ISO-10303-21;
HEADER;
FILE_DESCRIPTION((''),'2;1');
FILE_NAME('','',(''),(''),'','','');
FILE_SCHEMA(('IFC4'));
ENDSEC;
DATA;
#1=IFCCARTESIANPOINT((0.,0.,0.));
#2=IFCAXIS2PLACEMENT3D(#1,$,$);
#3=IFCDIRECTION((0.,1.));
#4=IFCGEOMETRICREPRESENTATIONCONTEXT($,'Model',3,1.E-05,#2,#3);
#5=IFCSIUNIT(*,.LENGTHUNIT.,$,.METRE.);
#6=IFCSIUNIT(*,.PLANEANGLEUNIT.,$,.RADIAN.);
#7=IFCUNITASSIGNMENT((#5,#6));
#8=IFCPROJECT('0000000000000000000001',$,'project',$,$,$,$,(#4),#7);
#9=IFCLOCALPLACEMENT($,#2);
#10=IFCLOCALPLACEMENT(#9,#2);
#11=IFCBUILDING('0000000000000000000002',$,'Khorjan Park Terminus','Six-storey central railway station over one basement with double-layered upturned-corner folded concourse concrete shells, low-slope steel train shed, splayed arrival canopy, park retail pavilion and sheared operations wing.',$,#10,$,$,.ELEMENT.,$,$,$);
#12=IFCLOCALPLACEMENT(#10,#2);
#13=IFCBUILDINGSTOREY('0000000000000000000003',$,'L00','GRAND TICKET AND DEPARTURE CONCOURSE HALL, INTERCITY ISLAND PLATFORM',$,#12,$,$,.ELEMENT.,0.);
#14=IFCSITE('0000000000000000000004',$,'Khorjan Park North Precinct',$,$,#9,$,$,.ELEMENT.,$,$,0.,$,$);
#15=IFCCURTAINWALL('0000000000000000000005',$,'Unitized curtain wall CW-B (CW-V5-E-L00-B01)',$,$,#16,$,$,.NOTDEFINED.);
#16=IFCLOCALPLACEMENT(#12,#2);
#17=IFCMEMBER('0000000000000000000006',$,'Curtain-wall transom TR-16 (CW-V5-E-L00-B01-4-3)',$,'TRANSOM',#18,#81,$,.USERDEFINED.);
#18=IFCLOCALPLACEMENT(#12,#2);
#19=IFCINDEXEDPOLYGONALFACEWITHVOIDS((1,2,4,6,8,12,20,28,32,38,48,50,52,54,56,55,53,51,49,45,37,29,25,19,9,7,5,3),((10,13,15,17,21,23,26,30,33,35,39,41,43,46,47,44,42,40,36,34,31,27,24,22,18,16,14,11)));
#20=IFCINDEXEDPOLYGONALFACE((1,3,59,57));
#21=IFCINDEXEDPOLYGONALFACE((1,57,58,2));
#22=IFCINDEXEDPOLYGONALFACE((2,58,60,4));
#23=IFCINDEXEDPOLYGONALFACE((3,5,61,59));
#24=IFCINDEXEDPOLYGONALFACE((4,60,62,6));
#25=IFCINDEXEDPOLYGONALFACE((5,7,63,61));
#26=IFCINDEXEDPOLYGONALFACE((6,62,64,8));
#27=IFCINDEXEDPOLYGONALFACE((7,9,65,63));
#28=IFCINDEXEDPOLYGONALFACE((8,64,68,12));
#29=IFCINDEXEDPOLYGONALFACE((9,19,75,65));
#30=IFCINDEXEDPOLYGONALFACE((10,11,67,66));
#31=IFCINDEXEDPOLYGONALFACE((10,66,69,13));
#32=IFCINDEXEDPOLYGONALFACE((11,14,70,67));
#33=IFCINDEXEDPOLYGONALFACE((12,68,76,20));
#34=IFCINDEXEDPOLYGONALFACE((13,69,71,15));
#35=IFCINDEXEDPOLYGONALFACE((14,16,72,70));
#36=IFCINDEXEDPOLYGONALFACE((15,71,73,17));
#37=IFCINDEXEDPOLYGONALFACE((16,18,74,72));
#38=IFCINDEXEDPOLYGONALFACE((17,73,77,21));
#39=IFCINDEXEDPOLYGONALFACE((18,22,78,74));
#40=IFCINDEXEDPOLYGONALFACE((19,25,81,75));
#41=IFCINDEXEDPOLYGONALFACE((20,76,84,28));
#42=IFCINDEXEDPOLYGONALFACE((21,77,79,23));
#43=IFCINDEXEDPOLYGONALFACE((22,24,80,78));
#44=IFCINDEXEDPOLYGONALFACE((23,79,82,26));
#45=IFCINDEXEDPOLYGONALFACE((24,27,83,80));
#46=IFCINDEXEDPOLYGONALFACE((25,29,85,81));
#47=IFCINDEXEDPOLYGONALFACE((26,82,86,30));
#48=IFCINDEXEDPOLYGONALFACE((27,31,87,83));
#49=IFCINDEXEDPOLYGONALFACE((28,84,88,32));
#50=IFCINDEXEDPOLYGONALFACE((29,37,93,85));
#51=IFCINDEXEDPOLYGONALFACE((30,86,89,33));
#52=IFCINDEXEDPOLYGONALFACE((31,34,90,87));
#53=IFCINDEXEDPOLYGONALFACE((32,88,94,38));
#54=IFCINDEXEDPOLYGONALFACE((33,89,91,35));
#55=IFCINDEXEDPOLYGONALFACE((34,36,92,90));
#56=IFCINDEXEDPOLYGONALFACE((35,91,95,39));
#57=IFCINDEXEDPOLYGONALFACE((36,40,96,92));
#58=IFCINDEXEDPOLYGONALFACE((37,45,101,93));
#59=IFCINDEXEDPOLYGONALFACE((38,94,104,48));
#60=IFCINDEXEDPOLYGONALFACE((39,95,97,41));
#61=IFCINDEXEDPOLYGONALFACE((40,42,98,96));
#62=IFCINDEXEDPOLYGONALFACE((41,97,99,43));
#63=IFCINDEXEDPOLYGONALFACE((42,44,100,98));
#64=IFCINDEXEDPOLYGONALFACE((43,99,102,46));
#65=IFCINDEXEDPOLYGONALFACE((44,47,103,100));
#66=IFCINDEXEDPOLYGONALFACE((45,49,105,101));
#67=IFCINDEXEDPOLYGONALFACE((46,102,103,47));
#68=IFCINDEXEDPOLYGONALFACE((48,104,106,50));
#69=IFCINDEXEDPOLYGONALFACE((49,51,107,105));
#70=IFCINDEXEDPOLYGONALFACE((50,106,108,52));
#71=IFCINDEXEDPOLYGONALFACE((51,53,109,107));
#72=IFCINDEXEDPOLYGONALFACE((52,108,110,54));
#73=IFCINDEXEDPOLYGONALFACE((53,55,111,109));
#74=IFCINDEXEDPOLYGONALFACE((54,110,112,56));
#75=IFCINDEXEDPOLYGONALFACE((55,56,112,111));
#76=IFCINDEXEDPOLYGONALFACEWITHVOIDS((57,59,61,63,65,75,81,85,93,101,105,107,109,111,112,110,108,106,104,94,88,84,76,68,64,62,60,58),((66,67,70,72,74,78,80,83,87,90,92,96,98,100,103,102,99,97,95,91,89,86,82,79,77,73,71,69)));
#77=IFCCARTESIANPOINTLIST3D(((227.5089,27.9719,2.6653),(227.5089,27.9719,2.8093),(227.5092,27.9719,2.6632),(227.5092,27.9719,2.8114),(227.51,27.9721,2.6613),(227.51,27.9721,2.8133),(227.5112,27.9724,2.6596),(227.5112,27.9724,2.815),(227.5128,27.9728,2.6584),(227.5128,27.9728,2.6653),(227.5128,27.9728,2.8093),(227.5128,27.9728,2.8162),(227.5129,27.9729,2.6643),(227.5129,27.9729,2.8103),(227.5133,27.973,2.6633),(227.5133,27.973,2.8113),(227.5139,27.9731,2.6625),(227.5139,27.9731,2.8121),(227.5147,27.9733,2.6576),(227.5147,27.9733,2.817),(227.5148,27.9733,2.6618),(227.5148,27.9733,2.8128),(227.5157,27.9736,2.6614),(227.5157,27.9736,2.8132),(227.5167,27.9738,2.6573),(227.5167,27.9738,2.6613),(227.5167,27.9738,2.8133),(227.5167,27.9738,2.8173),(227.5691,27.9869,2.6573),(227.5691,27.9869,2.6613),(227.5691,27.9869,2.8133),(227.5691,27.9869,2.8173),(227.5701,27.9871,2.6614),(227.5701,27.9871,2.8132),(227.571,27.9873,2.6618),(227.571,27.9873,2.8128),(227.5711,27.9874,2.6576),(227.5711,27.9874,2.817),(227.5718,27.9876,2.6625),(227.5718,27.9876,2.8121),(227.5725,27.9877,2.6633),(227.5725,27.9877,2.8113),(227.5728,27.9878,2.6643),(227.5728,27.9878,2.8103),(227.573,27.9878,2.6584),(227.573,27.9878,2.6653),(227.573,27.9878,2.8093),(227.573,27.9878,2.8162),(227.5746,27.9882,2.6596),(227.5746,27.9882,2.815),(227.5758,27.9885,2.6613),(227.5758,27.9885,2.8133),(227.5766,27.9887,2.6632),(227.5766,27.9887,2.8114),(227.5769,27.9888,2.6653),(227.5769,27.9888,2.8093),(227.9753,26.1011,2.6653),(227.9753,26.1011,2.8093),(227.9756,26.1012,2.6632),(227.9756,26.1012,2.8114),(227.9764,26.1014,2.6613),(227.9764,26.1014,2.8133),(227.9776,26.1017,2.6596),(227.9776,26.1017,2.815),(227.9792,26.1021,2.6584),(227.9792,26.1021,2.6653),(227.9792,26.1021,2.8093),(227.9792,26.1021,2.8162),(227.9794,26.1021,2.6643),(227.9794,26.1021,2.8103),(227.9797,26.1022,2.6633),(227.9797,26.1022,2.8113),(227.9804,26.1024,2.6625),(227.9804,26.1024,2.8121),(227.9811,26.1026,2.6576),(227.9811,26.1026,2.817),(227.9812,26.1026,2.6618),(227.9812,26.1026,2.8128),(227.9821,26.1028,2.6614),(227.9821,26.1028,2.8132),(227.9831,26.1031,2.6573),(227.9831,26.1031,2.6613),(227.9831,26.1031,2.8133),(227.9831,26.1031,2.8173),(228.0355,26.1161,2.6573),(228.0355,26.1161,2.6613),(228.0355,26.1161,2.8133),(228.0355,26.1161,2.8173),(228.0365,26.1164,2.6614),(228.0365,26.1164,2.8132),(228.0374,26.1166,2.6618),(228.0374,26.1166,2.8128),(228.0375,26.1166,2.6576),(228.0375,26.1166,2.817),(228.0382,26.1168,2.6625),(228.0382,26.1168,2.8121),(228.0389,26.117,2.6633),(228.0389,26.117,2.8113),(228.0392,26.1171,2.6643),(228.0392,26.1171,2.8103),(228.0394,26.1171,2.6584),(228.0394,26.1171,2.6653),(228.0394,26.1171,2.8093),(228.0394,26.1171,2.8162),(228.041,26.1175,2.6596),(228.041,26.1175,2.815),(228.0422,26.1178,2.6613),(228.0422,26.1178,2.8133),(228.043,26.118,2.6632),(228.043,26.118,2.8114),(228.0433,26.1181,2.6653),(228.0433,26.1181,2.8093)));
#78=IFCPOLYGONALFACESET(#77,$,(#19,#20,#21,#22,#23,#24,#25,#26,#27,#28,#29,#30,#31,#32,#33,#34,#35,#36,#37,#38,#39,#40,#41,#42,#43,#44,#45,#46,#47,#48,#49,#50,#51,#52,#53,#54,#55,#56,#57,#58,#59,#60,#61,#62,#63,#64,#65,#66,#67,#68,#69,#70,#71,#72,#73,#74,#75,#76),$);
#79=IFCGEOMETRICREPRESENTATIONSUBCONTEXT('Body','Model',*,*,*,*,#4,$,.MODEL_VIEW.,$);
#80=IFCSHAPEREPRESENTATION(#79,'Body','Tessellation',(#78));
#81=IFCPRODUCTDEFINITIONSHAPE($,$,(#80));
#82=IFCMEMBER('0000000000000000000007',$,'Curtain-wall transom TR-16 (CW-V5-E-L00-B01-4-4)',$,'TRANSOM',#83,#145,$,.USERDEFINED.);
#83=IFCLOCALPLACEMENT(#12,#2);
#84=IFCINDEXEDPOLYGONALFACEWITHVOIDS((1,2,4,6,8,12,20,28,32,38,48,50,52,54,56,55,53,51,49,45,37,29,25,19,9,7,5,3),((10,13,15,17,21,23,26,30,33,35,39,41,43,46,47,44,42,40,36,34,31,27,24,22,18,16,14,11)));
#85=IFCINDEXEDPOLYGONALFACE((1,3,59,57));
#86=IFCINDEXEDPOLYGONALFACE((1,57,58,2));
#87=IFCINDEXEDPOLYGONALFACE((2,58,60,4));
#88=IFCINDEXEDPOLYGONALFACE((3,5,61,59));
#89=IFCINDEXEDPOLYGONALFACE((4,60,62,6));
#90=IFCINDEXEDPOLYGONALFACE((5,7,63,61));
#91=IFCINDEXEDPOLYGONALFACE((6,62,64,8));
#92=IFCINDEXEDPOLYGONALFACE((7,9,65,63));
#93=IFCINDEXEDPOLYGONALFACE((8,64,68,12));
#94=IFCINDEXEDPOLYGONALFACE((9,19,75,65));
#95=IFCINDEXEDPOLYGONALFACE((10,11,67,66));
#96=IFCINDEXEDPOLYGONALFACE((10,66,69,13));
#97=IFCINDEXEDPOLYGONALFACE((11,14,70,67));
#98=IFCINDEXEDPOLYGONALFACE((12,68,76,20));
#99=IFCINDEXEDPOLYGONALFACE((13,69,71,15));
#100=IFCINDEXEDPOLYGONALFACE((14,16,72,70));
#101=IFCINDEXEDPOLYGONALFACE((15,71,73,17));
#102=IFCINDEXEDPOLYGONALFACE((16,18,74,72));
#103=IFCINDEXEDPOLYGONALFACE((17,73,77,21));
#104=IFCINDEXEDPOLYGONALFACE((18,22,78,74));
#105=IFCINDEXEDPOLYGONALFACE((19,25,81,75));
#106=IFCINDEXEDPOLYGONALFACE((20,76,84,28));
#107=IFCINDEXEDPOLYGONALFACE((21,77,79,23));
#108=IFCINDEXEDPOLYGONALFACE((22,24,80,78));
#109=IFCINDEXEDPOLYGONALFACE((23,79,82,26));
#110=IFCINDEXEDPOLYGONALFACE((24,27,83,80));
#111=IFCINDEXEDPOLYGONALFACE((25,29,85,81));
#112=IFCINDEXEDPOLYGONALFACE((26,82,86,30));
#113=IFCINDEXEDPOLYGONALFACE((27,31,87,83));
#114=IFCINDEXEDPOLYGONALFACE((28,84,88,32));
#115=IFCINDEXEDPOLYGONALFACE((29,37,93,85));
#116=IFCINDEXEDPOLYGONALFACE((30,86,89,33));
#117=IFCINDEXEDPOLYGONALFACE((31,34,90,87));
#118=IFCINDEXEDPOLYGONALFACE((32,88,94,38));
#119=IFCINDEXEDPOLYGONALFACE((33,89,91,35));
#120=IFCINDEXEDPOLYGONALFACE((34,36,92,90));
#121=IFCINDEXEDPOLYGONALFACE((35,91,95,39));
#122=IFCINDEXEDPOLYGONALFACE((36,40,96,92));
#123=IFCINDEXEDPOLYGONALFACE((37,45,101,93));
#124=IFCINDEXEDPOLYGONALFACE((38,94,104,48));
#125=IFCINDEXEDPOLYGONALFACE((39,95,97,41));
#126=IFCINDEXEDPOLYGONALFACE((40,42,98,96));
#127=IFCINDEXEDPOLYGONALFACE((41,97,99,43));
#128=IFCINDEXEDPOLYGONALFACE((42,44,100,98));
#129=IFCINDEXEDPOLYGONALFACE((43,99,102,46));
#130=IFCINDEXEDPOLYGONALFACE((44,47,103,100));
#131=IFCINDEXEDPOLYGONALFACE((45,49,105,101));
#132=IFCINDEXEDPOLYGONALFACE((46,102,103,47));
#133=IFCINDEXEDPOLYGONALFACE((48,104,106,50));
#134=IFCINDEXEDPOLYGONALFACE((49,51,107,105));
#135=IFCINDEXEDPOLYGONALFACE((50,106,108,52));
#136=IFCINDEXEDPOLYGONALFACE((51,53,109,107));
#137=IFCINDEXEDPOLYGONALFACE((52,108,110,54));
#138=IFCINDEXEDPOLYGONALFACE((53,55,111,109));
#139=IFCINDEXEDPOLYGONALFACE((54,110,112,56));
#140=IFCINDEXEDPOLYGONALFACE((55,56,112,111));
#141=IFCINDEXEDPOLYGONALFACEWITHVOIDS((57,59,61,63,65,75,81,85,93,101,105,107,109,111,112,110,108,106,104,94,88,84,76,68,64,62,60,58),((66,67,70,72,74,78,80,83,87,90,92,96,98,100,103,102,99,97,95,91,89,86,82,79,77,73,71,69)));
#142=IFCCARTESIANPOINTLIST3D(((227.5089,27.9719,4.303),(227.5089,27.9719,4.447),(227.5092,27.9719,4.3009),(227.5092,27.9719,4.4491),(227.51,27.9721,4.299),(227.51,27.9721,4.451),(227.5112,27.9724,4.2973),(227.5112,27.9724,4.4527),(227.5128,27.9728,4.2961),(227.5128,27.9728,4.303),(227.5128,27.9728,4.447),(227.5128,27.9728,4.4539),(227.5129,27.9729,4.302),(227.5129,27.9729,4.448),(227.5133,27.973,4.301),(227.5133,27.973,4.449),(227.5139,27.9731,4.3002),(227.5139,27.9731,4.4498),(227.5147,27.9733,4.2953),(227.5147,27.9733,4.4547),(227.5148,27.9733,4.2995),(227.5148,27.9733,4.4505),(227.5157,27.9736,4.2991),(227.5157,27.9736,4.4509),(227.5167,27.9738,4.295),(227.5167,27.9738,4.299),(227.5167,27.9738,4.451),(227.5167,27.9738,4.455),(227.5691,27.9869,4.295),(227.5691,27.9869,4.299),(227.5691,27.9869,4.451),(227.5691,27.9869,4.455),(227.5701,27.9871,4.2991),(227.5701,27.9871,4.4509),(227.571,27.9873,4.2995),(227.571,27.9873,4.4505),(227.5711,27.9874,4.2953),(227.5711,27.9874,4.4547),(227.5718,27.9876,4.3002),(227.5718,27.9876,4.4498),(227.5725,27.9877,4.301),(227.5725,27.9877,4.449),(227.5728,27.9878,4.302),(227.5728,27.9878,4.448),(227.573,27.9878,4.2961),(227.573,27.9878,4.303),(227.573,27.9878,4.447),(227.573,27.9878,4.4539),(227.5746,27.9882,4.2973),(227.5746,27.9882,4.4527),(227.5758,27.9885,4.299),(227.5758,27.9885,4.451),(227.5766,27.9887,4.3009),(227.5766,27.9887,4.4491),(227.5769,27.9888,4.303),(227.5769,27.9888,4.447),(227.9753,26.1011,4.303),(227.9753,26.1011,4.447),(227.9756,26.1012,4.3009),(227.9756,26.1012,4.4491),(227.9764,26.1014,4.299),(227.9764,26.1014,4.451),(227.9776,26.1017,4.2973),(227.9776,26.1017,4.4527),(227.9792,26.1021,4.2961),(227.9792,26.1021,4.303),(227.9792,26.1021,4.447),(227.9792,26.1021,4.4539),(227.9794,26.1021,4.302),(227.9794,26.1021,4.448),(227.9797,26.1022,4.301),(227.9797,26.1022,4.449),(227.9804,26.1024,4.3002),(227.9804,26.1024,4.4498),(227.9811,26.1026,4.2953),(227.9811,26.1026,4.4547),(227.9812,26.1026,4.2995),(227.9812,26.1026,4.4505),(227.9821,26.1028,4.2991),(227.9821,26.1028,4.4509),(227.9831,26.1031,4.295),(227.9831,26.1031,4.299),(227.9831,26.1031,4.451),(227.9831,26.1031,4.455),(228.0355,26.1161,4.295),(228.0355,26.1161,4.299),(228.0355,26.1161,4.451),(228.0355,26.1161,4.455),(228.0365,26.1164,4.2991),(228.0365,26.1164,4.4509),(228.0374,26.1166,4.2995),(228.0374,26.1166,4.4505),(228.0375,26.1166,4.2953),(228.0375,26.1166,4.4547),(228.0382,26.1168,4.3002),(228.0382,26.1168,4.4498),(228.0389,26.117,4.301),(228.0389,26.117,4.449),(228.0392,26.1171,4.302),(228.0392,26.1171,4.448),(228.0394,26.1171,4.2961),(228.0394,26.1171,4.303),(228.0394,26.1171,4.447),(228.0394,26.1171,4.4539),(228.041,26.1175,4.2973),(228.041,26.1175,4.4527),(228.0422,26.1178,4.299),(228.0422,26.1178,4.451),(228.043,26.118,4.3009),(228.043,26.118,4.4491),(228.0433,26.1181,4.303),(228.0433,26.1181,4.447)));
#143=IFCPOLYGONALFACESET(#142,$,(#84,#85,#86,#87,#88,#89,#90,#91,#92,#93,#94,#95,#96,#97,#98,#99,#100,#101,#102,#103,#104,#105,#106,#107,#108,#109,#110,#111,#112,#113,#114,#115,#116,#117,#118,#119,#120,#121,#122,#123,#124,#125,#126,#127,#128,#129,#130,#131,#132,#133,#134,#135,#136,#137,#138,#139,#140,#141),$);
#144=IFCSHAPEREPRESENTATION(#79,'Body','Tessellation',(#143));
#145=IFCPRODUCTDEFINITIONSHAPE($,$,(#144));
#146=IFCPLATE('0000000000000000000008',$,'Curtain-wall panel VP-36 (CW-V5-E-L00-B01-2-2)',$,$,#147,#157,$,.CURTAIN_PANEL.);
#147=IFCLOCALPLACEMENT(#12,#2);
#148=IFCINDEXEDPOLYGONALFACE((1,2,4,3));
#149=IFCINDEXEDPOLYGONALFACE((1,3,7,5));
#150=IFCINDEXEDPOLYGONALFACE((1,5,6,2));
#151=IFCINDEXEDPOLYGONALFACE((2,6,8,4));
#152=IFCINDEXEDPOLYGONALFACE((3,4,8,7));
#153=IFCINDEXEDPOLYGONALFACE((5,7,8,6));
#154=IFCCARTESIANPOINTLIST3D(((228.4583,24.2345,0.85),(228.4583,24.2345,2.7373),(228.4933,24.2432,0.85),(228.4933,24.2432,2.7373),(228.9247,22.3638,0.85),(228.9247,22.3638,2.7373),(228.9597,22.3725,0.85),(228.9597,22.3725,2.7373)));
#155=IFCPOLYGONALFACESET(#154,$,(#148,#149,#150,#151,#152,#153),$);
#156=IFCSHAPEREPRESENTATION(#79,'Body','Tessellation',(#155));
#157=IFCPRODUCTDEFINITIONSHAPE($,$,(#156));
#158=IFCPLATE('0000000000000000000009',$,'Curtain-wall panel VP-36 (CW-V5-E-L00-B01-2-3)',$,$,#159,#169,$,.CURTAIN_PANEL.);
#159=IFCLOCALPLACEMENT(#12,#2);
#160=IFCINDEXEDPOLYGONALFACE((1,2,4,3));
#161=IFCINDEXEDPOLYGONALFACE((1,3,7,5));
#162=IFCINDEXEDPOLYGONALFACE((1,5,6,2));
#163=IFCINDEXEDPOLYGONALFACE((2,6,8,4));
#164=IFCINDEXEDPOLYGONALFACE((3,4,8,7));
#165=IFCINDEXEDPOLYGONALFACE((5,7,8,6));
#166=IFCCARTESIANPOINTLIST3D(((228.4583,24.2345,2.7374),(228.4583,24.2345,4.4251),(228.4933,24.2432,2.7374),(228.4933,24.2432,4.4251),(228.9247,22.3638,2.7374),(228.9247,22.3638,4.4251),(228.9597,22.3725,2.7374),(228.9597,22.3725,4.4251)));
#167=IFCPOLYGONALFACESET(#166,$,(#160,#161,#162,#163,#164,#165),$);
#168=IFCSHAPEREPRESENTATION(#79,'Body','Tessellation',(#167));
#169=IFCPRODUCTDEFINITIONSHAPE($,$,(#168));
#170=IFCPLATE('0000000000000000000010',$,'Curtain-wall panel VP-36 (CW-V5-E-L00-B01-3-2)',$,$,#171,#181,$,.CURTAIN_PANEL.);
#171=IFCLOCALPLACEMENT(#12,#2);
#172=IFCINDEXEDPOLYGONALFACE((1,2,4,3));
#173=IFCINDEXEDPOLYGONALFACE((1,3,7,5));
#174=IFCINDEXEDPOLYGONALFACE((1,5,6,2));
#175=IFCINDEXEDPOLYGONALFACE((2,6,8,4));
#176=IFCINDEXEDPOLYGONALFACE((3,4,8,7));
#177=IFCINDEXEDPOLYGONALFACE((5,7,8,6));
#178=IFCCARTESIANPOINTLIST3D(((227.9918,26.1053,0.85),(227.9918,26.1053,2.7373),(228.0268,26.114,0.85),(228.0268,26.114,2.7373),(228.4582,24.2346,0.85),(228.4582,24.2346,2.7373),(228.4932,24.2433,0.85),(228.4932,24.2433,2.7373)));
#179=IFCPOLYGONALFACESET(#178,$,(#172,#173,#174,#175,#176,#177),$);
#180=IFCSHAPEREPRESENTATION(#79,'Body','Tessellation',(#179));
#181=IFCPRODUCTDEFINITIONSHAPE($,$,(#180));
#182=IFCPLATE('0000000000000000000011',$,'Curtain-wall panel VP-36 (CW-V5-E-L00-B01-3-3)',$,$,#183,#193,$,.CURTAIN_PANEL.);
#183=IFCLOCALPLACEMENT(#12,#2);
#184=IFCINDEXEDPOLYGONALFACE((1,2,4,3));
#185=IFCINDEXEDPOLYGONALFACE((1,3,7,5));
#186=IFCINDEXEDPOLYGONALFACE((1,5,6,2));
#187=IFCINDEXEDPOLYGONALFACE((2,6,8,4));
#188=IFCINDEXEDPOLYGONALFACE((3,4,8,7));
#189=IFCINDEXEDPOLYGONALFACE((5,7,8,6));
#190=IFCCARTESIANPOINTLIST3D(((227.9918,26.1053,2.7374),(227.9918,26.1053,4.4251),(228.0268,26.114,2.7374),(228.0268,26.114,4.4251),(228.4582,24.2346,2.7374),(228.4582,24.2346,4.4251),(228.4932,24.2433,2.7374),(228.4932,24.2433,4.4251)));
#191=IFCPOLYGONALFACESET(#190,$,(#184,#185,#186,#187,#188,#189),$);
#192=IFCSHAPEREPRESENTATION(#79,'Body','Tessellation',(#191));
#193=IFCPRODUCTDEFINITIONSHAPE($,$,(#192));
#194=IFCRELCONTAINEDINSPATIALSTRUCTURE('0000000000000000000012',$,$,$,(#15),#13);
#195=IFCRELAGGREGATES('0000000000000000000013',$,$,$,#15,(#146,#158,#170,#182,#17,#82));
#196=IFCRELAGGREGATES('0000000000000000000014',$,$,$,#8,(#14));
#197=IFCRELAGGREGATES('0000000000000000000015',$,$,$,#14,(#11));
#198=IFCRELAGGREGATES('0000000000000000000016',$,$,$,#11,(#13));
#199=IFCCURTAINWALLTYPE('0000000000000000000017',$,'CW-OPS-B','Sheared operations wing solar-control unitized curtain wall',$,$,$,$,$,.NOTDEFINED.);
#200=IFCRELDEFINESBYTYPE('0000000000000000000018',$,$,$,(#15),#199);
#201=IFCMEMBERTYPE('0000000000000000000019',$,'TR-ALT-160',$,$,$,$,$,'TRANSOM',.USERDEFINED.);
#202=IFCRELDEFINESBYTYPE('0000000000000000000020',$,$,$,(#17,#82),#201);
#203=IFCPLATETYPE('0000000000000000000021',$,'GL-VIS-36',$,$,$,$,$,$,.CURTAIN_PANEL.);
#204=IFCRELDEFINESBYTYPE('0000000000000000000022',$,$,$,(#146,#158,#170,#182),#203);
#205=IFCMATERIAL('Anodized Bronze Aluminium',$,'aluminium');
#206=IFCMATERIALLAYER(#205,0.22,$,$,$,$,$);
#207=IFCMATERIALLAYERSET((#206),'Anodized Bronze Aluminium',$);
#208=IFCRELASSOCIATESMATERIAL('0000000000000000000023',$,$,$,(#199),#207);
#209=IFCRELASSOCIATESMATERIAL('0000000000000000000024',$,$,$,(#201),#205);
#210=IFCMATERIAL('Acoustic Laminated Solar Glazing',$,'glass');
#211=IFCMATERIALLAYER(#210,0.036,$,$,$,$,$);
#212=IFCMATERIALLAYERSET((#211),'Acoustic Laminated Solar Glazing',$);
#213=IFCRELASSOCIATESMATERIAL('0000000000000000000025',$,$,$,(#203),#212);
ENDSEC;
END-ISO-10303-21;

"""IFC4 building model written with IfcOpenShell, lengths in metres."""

from ifc_helpers import new_model, si_unit, direction, frame, origin, origin_2d, place, context, subcontext, project, spatial, rectangle, hollow_rectangle, extrude, material, layer, layer_set, material_profile, profile_set, type_object, element, aggregate, save


model = new_model("IFC4")

# Units and contexts
model_context = context("Model", 3, precision=1e-05, world=origin(), true_north=direction((0.0, 1.0)))
body_context = subcontext(model_context, "Body", "Model", "MODEL_VIEW")
ifc_project = project(units=[si_unit("LENGTHUNIT", "METRE"), si_unit("PLANEANGLEUNIT", "RADIAN")], contexts=[model_context])

# Site, building, storey
site_placement = place(None, origin())
site = spatial("IfcSite", under=ifc_project, at=site_placement, Name="Khorjan Park North Precinct", CompositionType="ELEMENT", RefElevation=0.0)
building_placement = place(site_placement, origin())
building = spatial("IfcBuilding", under=site, at=building_placement, Name="Khorjan Park Terminus", Description="Six-storey central railway station over one basement with double-layered upturned-corner folded concourse concrete shells, low-slope steel train shed, splayed arrival canopy, park retail pavilion and sheared operations wing.", CompositionType="ELEMENT")
storey_placement = place(building_placement, origin())
storey = spatial("IfcBuildingStorey", under=building, at=storey_placement, Name="L00", Description="GRAND TICKET AND DEPARTURE CONCOURSE HALL, INTERCITY ISLAND PLATFORM", CompositionType="ELEMENT", Elevation=0.0)

# Curtain wall, members, plates
ifc_material_1 = material(Name="Anodized Bronze Aluminium", Category="aluminium")
ifc_layer_1 = layer(ifc_material_1, 0.22)
ifc_layer_set_1 = layer_set([ifc_layer_1], Name="Anodized Bronze Aluminium")
curtain_wall_type = type_object("IfcCurtainWallType", Name="CW-OPS-B", Description="Sheared operations wing solar-control unitized curtain wall", PredefinedType="NOTDEFINED", material=ifc_layer_set_1)
curtain_wall_placement = place(storey_placement, origin())
curtain_wall = element("IfcCurtainWall", 1, at=curtain_wall_placement, inside=storey, type_object=curtain_wall_type, Name="Unitized curtain wall CW-B (CW-V5-E-L00-B01)", PredefinedType="NOTDEFINED")
ifc_material_profile_1 = material_profile(ifc_material_1, hollow_rectangle(XDim=0.07, YDim=0.16, WallThickness=0.004, InnerFilletRadius=0.004, OuterFilletRadius=0.008, at=origin_2d()), Name="ALT 70x160x4")
ifc_profile_set_1 = profile_set([ifc_material_profile_1], Name="Anodized Bronze Aluminium")
member_type_1 = type_object("IfcMemberType", Name="TR-ALT-160", ElementType="TRANSOM", PredefinedType="USERDEFINED", material=ifc_profile_set_1)
member_1_placement = place(storey_placement, frame((228.0093, 26.1096, 2.7373), z_axis=(-0.241913, 0.970298, 0.0), x_axis=(-0.970298, -0.241913, 0.0)))
member_1 = element("IfcMember", 2, at=member_1_placement, type_object=member_type_1, Name="Curtain-wall transom TR-16 (CW-V5-E-L00-B01-4-3)", ObjectType="TRANSOM", PredefinedType="USERDEFINED", context=body_context, shape_type="SweptSolid", body=[
    extrude(hollow_rectangle(XDim=0.07, YDim=0.16, WallThickness=0.004, InnerFilletRadius=0.004, OuterFilletRadius=0.008, at=origin_2d()), origin(), (0.0, 0.0, 1.0), 1.928),
])
member_2_placement = place(storey_placement, frame((228.0093, 26.1096, 4.375), z_axis=(-0.241913, 0.970298, 0.0), x_axis=(-0.970298, -0.241913, 0.0)))
member_2 = element("IfcMember", 3, at=member_2_placement, type_object=member_type_1, Name="Curtain-wall transom TR-16 (CW-V5-E-L00-B01-4-4)", ObjectType="TRANSOM", PredefinedType="USERDEFINED", context=body_context, shape_type="SweptSolid", body=[
    extrude(hollow_rectangle(XDim=0.07, YDim=0.16, WallThickness=0.004, InnerFilletRadius=0.004, OuterFilletRadius=0.008, at=origin_2d()), origin(), (0.0, 0.0, 1.0), 1.928),
])
ifc_material_2 = material(Name="Acoustic Laminated Solar Glazing", Category="glass")
ifc_layer_2 = layer(ifc_material_2, 0.036)
ifc_layer_set_2 = layer_set([ifc_layer_2], Name="Acoustic Laminated Solar Glazing")
plate_type_1 = type_object("IfcPlateType", Name="GL-VIS-36", PredefinedType="CURTAIN_PANEL", material=ifc_layer_set_2)
plate_1_placement = place(storey_placement, frame((228.709, 23.3035, 0.85), z_axis=(0.0, 0.0, 1.0), x_axis=(-0.24192, 0.970296, 0.0)))
plate_1 = element("IfcPlate", 4, at=plate_1_placement, type_object=plate_type_1, Name="Curtain-wall panel VP-36 (CW-V5-E-L00-B01-2-2)", PredefinedType="CURTAIN_PANEL", context=body_context, shape_type="SweptSolid", body=[
    extrude(rectangle(XDim=1.928, YDim=0.036, at=origin_2d()), origin(), (0.0, 0.0, 1.0), 1.8873),
])
plate_2_placement = place(storey_placement, frame((228.709, 23.3035, 2.7374), z_axis=(0.0, 0.0, 1.0), x_axis=(-0.24192, 0.970296, 0.0)))
plate_2 = element("IfcPlate", 5, at=plate_2_placement, type_object=plate_type_1, Name="Curtain-wall panel VP-36 (CW-V5-E-L00-B01-2-3)", PredefinedType="CURTAIN_PANEL", context=body_context, shape_type="SweptSolid", body=[
    extrude(rectangle(XDim=1.928, YDim=0.036, at=origin_2d()), origin(), (0.0, 0.0, 1.0), 1.6877),
])
plate_3_placement = place(storey_placement, frame((228.2425, 25.1743, 0.85), z_axis=(0.0, 0.0, 1.0), x_axis=(-0.24192, 0.970296, 0.0)))
plate_3 = element("IfcPlate", 6, at=plate_3_placement, type_object=plate_type_1, Name="Curtain-wall panel VP-36 (CW-V5-E-L00-B01-3-2)", PredefinedType="CURTAIN_PANEL", context=body_context, shape_type="SweptSolid", body=[
    extrude(rectangle(XDim=1.928, YDim=0.036, at=origin_2d()), origin(), (0.0, 0.0, 1.0), 1.8873),
])
plate_4_placement = place(storey_placement, frame((228.2425, 25.1743, 2.7374), z_axis=(0.0, 0.0, 1.0), x_axis=(-0.24192, 0.970296, 0.0)))
plate_4 = element("IfcPlate", 7, at=plate_4_placement, type_object=plate_type_1, Name="Curtain-wall panel VP-36 (CW-V5-E-L00-B01-3-3)", PredefinedType="CURTAIN_PANEL", context=body_context, shape_type="SweptSolid", body=[
    extrude(rectangle(XDim=1.928, YDim=0.036, at=origin_2d()), origin(), (0.0, 0.0, 1.0), 1.6877),
])
aggregate(curtain_wall, [plate_1, plate_2, plate_3, plate_4, member_1, member_2])

save(model, "model.ifc")
